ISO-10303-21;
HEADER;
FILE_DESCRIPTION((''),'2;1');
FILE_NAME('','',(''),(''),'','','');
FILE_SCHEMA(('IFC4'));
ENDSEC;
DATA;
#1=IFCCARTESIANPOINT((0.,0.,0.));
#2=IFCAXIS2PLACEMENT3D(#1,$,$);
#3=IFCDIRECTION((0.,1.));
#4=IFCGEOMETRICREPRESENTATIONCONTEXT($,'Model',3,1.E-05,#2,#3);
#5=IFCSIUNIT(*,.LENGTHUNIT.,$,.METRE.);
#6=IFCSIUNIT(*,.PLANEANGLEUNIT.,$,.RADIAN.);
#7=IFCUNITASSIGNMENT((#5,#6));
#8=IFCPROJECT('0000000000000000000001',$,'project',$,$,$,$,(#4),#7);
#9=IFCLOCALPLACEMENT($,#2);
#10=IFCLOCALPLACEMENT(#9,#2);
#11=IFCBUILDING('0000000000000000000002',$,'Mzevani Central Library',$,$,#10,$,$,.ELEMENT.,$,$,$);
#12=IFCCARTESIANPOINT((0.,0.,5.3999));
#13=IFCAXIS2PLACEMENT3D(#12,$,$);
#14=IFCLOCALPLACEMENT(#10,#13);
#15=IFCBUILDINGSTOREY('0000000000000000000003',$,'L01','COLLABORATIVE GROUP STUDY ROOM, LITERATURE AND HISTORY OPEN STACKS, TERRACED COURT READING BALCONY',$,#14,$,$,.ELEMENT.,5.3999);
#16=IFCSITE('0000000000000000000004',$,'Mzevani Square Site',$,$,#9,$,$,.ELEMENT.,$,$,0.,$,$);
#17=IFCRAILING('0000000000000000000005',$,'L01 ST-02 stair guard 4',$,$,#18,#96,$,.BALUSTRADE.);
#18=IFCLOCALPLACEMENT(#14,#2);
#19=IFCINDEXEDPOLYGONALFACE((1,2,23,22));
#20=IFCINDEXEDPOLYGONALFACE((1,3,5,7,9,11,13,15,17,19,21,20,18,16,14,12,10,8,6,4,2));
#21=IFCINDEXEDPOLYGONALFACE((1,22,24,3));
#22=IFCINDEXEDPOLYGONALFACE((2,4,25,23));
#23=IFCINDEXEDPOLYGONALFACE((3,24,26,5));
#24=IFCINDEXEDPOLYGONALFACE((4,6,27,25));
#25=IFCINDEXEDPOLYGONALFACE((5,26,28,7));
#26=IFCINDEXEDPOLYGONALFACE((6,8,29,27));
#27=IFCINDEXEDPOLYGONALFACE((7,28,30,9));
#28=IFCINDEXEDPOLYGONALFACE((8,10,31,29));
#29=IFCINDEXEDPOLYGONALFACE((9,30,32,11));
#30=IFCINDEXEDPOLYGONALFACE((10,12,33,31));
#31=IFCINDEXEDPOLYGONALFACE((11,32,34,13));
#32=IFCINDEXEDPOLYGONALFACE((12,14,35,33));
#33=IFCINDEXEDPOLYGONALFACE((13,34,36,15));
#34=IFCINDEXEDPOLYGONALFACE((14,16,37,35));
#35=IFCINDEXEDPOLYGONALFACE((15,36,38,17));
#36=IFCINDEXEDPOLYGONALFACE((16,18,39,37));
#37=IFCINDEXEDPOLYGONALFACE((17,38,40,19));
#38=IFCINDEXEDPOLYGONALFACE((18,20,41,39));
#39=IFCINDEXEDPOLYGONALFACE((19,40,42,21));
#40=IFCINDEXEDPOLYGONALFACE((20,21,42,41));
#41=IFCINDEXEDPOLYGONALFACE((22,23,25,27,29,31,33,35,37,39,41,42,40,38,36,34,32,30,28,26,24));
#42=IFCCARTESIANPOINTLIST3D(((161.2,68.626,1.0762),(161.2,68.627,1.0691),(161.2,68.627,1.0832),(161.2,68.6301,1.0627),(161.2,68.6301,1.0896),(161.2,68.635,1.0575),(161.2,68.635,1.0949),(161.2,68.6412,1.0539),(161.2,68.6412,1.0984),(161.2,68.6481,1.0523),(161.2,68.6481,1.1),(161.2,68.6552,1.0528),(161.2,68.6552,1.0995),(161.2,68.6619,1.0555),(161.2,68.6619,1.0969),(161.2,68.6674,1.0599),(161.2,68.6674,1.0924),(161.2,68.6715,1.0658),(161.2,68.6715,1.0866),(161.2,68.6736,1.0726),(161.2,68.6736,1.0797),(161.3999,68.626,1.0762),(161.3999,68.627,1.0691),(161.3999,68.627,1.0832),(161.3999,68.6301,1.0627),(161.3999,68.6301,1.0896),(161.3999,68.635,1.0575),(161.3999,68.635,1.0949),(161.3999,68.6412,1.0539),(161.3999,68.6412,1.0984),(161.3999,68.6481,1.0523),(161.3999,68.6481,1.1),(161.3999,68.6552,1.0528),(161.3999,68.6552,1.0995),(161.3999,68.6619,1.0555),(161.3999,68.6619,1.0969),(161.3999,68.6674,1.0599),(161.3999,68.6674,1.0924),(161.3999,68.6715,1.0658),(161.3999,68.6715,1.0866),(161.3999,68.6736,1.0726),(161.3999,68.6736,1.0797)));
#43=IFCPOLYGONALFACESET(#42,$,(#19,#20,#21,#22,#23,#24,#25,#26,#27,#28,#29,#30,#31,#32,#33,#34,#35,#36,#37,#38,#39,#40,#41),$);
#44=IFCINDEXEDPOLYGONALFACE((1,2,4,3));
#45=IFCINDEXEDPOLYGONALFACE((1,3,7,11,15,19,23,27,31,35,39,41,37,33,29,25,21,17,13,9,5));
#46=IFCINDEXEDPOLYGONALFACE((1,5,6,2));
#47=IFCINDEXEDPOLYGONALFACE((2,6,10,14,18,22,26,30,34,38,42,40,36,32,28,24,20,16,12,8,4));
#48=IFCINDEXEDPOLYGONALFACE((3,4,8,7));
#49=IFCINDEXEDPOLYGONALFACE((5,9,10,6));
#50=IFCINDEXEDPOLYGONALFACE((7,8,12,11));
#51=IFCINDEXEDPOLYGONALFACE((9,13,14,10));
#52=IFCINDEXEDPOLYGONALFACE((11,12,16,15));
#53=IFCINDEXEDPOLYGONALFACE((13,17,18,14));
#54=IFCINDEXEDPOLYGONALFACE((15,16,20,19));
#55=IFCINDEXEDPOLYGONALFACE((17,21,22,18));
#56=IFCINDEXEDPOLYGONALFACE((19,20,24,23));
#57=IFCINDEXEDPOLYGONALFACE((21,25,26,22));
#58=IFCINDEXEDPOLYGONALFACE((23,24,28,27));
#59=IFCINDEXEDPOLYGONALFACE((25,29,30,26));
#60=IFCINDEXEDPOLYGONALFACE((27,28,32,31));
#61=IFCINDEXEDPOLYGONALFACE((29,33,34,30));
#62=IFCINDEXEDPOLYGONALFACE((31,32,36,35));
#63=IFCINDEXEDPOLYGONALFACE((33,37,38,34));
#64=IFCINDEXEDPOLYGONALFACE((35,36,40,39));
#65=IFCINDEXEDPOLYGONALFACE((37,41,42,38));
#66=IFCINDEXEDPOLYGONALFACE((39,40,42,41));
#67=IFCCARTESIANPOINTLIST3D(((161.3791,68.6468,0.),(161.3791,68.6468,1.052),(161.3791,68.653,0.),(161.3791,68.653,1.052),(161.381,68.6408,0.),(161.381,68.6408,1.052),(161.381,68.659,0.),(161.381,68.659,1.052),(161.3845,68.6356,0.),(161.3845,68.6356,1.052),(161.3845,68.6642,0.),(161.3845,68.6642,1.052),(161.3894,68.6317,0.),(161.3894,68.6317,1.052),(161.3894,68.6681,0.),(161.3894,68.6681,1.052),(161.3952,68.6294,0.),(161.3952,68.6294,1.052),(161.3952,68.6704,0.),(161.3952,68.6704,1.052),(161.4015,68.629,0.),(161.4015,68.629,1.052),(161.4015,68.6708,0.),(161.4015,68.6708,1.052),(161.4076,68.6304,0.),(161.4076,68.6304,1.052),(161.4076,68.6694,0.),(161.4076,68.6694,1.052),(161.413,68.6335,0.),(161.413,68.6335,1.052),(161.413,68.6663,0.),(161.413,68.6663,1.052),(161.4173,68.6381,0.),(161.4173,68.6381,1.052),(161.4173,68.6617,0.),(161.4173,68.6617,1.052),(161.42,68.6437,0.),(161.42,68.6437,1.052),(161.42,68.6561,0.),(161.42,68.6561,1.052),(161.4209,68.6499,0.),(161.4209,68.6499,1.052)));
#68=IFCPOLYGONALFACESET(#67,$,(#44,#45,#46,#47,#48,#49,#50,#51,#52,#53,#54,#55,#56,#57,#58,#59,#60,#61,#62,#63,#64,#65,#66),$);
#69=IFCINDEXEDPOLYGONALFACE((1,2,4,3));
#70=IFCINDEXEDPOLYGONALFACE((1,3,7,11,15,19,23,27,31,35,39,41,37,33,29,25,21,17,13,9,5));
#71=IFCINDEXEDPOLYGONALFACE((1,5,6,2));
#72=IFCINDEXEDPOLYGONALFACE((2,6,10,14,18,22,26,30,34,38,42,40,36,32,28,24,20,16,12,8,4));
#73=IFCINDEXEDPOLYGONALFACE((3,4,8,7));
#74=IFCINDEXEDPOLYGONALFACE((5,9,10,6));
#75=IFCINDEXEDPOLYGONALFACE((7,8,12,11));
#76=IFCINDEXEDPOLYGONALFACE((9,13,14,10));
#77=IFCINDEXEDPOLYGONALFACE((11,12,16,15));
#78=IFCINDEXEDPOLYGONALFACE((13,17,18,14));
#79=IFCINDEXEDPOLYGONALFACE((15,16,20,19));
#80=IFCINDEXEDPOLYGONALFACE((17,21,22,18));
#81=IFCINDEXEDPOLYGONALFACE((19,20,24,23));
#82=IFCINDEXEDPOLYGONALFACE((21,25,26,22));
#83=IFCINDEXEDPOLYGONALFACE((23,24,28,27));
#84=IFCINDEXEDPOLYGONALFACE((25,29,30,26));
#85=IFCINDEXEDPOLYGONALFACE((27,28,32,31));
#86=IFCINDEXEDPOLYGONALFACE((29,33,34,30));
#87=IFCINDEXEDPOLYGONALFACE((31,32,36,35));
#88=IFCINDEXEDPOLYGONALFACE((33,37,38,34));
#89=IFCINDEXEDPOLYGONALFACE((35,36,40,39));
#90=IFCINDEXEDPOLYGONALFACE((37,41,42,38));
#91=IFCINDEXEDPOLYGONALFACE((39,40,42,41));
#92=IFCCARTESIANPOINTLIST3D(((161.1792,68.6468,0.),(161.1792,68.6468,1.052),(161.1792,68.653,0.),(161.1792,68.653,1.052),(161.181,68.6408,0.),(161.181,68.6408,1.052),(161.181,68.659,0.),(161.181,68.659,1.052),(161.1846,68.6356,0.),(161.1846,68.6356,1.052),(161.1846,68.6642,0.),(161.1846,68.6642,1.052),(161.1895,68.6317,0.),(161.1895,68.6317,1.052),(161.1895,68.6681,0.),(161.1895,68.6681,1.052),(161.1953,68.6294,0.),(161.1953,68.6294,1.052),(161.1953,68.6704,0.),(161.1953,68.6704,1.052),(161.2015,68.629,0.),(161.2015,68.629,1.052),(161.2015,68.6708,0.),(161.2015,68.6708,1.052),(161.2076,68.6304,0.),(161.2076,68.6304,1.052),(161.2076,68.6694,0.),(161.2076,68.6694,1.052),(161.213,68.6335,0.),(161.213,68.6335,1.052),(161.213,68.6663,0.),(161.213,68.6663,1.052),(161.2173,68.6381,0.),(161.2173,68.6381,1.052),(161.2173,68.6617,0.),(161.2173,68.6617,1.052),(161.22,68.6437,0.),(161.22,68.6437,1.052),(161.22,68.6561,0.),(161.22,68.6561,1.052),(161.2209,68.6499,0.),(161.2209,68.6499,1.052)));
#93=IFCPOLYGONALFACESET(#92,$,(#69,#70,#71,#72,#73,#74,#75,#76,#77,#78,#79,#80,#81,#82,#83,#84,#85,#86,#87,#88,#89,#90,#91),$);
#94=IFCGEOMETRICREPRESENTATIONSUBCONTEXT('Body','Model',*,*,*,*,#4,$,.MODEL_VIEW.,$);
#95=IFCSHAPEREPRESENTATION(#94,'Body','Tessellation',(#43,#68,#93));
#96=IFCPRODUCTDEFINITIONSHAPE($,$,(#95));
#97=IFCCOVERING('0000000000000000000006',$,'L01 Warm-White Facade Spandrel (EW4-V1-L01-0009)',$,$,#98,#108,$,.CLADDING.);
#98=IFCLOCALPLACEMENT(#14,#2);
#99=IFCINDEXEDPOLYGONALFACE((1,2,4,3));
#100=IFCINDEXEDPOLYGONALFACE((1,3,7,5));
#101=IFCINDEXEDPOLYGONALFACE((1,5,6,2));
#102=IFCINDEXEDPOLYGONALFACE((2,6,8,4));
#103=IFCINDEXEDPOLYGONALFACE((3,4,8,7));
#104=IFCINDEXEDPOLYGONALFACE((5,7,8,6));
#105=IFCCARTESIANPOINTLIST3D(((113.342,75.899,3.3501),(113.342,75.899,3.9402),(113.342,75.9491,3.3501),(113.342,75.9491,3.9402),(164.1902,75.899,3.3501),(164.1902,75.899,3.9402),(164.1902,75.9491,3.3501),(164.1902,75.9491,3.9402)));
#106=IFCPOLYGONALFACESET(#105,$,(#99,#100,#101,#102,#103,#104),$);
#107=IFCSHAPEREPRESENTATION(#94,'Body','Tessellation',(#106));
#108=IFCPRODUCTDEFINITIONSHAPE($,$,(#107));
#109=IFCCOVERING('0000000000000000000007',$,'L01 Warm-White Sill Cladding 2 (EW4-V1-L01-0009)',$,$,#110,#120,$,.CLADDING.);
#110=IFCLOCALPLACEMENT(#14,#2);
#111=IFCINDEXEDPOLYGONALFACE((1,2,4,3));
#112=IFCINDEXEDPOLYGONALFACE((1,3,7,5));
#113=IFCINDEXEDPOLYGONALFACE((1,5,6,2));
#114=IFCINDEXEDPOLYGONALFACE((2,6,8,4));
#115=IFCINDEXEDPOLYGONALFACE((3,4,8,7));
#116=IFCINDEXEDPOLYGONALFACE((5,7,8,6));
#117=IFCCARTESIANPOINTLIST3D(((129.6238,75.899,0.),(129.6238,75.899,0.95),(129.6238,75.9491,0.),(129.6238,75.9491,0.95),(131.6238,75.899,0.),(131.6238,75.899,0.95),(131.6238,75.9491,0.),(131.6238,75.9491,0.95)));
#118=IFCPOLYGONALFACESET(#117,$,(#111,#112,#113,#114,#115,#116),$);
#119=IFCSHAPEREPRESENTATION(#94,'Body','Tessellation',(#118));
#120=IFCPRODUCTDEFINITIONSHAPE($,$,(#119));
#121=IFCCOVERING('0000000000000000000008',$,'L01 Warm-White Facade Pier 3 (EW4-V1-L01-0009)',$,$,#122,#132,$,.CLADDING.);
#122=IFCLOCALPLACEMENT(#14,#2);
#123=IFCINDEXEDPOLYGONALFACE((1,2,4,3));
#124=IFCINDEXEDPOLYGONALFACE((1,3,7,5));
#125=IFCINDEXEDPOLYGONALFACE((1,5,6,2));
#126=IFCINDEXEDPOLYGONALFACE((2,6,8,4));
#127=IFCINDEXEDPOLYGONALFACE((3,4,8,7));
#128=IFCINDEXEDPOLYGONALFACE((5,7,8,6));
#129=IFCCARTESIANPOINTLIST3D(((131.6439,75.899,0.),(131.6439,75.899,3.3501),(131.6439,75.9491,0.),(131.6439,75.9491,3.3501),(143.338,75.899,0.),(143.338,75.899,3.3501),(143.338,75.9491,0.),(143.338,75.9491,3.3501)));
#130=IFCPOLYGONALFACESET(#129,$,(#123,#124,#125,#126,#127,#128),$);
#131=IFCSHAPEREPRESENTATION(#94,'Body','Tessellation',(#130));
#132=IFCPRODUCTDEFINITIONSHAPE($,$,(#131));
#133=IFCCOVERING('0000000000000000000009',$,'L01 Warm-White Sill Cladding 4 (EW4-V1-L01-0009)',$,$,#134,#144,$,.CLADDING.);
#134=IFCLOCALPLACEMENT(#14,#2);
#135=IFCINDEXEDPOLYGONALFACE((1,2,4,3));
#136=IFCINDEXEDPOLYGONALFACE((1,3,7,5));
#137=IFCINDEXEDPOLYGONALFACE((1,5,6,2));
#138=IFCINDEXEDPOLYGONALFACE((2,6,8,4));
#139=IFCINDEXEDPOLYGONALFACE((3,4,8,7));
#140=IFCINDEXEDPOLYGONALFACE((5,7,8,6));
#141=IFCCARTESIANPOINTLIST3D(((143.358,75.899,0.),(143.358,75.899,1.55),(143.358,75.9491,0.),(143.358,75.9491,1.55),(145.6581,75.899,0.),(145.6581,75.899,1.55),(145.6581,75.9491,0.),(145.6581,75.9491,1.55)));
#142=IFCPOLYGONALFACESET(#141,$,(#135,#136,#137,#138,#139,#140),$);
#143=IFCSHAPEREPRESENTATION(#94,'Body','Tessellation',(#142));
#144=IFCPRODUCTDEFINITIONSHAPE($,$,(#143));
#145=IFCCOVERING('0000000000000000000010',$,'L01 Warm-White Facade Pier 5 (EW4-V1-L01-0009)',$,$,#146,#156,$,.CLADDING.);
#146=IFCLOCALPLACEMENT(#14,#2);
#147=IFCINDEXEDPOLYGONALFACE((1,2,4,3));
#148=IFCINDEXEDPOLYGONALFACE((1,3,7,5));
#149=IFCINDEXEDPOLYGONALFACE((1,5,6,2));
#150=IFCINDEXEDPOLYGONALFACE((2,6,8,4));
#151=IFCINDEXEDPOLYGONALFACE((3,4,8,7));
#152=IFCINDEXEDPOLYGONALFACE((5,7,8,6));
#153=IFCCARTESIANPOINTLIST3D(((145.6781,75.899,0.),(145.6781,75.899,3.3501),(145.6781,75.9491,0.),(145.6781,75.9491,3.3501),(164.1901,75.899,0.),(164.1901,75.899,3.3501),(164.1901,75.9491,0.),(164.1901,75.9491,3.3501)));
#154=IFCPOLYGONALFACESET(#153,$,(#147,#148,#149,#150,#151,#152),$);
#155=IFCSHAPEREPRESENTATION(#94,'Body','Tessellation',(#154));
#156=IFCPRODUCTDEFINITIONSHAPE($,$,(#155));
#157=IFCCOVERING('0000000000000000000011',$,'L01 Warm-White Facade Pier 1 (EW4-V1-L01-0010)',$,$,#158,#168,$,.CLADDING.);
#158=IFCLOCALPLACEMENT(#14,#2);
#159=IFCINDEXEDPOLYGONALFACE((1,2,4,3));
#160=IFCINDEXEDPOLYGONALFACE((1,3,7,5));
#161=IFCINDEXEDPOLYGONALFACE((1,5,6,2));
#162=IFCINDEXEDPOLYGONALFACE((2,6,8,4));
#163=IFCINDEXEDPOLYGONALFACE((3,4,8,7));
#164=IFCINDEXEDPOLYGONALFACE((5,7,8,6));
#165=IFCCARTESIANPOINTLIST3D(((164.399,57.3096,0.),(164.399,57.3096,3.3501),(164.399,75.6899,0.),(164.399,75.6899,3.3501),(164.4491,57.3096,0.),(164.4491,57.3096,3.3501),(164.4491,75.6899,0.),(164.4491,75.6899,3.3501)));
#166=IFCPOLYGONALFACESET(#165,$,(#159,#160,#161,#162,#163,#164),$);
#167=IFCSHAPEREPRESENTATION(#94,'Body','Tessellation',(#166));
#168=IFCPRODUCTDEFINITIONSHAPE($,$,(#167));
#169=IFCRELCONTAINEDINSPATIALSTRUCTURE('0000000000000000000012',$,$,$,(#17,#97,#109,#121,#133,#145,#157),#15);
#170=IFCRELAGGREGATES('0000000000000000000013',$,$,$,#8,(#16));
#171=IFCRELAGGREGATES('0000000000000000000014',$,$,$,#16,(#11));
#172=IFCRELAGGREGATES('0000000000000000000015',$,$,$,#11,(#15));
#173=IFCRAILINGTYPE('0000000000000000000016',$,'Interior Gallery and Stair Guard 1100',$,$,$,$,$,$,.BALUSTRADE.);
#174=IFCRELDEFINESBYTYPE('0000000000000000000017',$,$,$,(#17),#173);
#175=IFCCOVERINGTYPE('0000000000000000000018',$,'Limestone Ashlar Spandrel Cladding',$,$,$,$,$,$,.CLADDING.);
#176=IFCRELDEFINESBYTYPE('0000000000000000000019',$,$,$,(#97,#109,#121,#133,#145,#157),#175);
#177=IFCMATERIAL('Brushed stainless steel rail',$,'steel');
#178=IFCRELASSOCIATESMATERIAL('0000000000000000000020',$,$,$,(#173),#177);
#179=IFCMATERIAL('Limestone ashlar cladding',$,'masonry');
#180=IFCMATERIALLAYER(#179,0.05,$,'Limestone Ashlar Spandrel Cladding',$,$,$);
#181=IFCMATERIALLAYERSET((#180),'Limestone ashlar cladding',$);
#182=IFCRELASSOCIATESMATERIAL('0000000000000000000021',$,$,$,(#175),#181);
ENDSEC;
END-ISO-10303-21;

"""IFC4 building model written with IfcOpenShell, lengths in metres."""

from ifc_helpers import new_model, si_unit, direction, frame, origin, origin_2d, place, context, subcontext, project, spatial, rectangle, circle, extrude, material, layer, layer_set, type_object, element, save


model = new_model("IFC4")

# Units and contexts
model_context = context("Model", 3, precision=1e-05, world=origin(), true_north=direction((0.0, 1.0)))
body_context = subcontext(model_context, "Body", "Model", "MODEL_VIEW")
ifc_project = project(units=[si_unit("LENGTHUNIT", "METRE"), si_unit("PLANEANGLEUNIT", "RADIAN")], contexts=[model_context])

# Site, building, storey
site_placement = place(None, origin())
site = spatial("IfcSite", under=ifc_project, at=site_placement, Name="Mzevani Square Site", CompositionType="ELEMENT", RefElevation=0.0)
building_placement = place(site_placement, origin())
building = spatial("IfcBuilding", under=site, at=building_placement, Name="Mzevani Central Library", CompositionType="ELEMENT")
storey_placement = place(building_placement, frame((0.0, 0.0, 5.3999)))
storey = spatial("IfcBuildingStorey", under=building, at=storey_placement, Name="L01", Description="COLLABORATIVE GROUP STUDY ROOM, LITERATURE AND HISTORY OPEN STACKS, TERRACED COURT READING BALCONY", CompositionType="ELEMENT", Elevation=5.3999)

# Railing
ifc_material_1 = material(Name="Brushed stainless steel rail", Category="steel")
railing_type_1 = type_object("IfcRailingType", Name="Interior Gallery and Stair Guard 1100", PredefinedType="BALUSTRADE", material=ifc_material_1)
railing_1_placement = place(storey_placement, frame((161.3999, 68.6499, 0.0)))
element("IfcRailing", 1, at=railing_1_placement, inside=storey, type_object=railing_type_1, Name="L01 ST-02 stair guard 4", PredefinedType="BALUSTRADE", context=body_context, shape_type="SweptSolid", body=[
    extrude(circle(Radius=0.0239, at=origin_2d()), frame((0.0, 0.0, 1.0762), z_axis=(-1.0, 0.0, 0.0), x_axis=(0.0, -1.0, 0.0)), (0.0, 0.0, 1.0), 0.2),
    extrude(circle(Radius=0.021, at=origin_2d()), origin(), (0.0, 0.0, 1.0), 1.052),
    extrude(circle(Radius=0.021, at=origin_2d()), frame((-0.2, 0.0, 0.0)), (0.0, 0.0, 1.0), 1.052),
])

# Coverings
ifc_material_2 = material(Name="Limestone ashlar cladding", Category="masonry")
ifc_layer_1 = layer(ifc_material_2, 0.05, Name="Limestone Ashlar Spandrel Cladding")
ifc_layer_set_1 = layer_set([ifc_layer_1], Name="Limestone ashlar cladding")
covering_type = type_object("IfcCoveringType", Name="Limestone Ashlar Spandrel Cladding", PredefinedType="CLADDING", material=ifc_layer_set_1)
covering_1_placement = place(storey_placement, frame((138.7661, 75.9241, 3.3501), z_axis=(0.0, 0.0, 1.0), x_axis=(1.0, 0.0, 0.0)))
element("IfcCovering", 2, at=covering_1_placement, inside=storey, type_object=covering_type, Name="L01 Warm-White Facade Spandrel (EW4-V1-L01-0009)", PredefinedType="CLADDING", context=body_context, shape_type="SweptSolid", body=[
    extrude(rectangle(XDim=50.8481, YDim=0.05, at=origin_2d()), origin(), (0.0, 0.0, 1.0), 0.5901),
])
covering_2_placement = place(storey_placement, frame((130.6238, 75.9241, 0.0), z_axis=(0.0, 0.0, 1.0), x_axis=(1.0, 0.0, 0.0)))
element("IfcCovering", 3, at=covering_2_placement, inside=storey, type_object=covering_type, Name="L01 Warm-White Sill Cladding 2 (EW4-V1-L01-0009)", PredefinedType="CLADDING", context=body_context, shape_type="SweptSolid", body=[
    extrude(rectangle(XDim=2.0, YDim=0.05, at=origin_2d()), origin(), (0.0, 0.0, 1.0), 0.95),
])
covering_3_placement = place(storey_placement, frame((137.491, 75.9241, 0.0), z_axis=(0.0, 0.0, 1.0), x_axis=(1.0, 0.0, 0.0)))
element("IfcCovering", 4, at=covering_3_placement, inside=storey, type_object=covering_type, Name="L01 Warm-White Facade Pier 3 (EW4-V1-L01-0009)", PredefinedType="CLADDING", context=body_context, shape_type="SweptSolid", body=[
    extrude(rectangle(XDim=11.6941, YDim=0.05, at=origin_2d()), origin(), (0.0, 0.0, 1.0), 3.3501),
])
covering_4_placement = place(storey_placement, frame((144.5081, 75.9241, 0.0), z_axis=(0.0, 0.0, 1.0), x_axis=(1.0, 0.0, 0.0)))
element("IfcCovering", 5, at=covering_4_placement, inside=storey, type_object=covering_type, Name="L01 Warm-White Sill Cladding 4 (EW4-V1-L01-0009)", PredefinedType="CLADDING", context=body_context, shape_type="SweptSolid", body=[
    extrude(rectangle(XDim=2.3, YDim=0.05, at=origin_2d()), origin(), (0.0, 0.0, 1.0), 1.55),
])
covering_5_placement = place(storey_placement, frame((154.9341, 75.9241, 0.0), z_axis=(0.0, 0.0, 1.0), x_axis=(1.0, 0.0, 0.0)))
element("IfcCovering", 6, at=covering_5_placement, inside=storey, type_object=covering_type, Name="L01 Warm-White Facade Pier 5 (EW4-V1-L01-0009)", PredefinedType="CLADDING", context=body_context, shape_type="SweptSolid", body=[
    extrude(rectangle(XDim=18.512, YDim=0.05, at=origin_2d()), origin(), (0.0, 0.0, 1.0), 3.3501),
])
covering_6_placement = place(storey_placement, frame((164.4241, 66.4998, 0.0), z_axis=(0.0, 0.0, 1.0), x_axis=(0.0, -1.0, 0.0)))
element("IfcCovering", 7, at=covering_6_placement, inside=storey, type_object=covering_type, Name="L01 Warm-White Facade Pier 1 (EW4-V1-L01-0010)", PredefinedType="CLADDING", context=body_context, shape_type="SweptSolid", body=[
    extrude(rectangle(XDim=18.3804, YDim=0.05, at=origin_2d()), origin(), (0.0, 0.0, 1.0), 3.3501),
])

save(model, "model.ifc")
